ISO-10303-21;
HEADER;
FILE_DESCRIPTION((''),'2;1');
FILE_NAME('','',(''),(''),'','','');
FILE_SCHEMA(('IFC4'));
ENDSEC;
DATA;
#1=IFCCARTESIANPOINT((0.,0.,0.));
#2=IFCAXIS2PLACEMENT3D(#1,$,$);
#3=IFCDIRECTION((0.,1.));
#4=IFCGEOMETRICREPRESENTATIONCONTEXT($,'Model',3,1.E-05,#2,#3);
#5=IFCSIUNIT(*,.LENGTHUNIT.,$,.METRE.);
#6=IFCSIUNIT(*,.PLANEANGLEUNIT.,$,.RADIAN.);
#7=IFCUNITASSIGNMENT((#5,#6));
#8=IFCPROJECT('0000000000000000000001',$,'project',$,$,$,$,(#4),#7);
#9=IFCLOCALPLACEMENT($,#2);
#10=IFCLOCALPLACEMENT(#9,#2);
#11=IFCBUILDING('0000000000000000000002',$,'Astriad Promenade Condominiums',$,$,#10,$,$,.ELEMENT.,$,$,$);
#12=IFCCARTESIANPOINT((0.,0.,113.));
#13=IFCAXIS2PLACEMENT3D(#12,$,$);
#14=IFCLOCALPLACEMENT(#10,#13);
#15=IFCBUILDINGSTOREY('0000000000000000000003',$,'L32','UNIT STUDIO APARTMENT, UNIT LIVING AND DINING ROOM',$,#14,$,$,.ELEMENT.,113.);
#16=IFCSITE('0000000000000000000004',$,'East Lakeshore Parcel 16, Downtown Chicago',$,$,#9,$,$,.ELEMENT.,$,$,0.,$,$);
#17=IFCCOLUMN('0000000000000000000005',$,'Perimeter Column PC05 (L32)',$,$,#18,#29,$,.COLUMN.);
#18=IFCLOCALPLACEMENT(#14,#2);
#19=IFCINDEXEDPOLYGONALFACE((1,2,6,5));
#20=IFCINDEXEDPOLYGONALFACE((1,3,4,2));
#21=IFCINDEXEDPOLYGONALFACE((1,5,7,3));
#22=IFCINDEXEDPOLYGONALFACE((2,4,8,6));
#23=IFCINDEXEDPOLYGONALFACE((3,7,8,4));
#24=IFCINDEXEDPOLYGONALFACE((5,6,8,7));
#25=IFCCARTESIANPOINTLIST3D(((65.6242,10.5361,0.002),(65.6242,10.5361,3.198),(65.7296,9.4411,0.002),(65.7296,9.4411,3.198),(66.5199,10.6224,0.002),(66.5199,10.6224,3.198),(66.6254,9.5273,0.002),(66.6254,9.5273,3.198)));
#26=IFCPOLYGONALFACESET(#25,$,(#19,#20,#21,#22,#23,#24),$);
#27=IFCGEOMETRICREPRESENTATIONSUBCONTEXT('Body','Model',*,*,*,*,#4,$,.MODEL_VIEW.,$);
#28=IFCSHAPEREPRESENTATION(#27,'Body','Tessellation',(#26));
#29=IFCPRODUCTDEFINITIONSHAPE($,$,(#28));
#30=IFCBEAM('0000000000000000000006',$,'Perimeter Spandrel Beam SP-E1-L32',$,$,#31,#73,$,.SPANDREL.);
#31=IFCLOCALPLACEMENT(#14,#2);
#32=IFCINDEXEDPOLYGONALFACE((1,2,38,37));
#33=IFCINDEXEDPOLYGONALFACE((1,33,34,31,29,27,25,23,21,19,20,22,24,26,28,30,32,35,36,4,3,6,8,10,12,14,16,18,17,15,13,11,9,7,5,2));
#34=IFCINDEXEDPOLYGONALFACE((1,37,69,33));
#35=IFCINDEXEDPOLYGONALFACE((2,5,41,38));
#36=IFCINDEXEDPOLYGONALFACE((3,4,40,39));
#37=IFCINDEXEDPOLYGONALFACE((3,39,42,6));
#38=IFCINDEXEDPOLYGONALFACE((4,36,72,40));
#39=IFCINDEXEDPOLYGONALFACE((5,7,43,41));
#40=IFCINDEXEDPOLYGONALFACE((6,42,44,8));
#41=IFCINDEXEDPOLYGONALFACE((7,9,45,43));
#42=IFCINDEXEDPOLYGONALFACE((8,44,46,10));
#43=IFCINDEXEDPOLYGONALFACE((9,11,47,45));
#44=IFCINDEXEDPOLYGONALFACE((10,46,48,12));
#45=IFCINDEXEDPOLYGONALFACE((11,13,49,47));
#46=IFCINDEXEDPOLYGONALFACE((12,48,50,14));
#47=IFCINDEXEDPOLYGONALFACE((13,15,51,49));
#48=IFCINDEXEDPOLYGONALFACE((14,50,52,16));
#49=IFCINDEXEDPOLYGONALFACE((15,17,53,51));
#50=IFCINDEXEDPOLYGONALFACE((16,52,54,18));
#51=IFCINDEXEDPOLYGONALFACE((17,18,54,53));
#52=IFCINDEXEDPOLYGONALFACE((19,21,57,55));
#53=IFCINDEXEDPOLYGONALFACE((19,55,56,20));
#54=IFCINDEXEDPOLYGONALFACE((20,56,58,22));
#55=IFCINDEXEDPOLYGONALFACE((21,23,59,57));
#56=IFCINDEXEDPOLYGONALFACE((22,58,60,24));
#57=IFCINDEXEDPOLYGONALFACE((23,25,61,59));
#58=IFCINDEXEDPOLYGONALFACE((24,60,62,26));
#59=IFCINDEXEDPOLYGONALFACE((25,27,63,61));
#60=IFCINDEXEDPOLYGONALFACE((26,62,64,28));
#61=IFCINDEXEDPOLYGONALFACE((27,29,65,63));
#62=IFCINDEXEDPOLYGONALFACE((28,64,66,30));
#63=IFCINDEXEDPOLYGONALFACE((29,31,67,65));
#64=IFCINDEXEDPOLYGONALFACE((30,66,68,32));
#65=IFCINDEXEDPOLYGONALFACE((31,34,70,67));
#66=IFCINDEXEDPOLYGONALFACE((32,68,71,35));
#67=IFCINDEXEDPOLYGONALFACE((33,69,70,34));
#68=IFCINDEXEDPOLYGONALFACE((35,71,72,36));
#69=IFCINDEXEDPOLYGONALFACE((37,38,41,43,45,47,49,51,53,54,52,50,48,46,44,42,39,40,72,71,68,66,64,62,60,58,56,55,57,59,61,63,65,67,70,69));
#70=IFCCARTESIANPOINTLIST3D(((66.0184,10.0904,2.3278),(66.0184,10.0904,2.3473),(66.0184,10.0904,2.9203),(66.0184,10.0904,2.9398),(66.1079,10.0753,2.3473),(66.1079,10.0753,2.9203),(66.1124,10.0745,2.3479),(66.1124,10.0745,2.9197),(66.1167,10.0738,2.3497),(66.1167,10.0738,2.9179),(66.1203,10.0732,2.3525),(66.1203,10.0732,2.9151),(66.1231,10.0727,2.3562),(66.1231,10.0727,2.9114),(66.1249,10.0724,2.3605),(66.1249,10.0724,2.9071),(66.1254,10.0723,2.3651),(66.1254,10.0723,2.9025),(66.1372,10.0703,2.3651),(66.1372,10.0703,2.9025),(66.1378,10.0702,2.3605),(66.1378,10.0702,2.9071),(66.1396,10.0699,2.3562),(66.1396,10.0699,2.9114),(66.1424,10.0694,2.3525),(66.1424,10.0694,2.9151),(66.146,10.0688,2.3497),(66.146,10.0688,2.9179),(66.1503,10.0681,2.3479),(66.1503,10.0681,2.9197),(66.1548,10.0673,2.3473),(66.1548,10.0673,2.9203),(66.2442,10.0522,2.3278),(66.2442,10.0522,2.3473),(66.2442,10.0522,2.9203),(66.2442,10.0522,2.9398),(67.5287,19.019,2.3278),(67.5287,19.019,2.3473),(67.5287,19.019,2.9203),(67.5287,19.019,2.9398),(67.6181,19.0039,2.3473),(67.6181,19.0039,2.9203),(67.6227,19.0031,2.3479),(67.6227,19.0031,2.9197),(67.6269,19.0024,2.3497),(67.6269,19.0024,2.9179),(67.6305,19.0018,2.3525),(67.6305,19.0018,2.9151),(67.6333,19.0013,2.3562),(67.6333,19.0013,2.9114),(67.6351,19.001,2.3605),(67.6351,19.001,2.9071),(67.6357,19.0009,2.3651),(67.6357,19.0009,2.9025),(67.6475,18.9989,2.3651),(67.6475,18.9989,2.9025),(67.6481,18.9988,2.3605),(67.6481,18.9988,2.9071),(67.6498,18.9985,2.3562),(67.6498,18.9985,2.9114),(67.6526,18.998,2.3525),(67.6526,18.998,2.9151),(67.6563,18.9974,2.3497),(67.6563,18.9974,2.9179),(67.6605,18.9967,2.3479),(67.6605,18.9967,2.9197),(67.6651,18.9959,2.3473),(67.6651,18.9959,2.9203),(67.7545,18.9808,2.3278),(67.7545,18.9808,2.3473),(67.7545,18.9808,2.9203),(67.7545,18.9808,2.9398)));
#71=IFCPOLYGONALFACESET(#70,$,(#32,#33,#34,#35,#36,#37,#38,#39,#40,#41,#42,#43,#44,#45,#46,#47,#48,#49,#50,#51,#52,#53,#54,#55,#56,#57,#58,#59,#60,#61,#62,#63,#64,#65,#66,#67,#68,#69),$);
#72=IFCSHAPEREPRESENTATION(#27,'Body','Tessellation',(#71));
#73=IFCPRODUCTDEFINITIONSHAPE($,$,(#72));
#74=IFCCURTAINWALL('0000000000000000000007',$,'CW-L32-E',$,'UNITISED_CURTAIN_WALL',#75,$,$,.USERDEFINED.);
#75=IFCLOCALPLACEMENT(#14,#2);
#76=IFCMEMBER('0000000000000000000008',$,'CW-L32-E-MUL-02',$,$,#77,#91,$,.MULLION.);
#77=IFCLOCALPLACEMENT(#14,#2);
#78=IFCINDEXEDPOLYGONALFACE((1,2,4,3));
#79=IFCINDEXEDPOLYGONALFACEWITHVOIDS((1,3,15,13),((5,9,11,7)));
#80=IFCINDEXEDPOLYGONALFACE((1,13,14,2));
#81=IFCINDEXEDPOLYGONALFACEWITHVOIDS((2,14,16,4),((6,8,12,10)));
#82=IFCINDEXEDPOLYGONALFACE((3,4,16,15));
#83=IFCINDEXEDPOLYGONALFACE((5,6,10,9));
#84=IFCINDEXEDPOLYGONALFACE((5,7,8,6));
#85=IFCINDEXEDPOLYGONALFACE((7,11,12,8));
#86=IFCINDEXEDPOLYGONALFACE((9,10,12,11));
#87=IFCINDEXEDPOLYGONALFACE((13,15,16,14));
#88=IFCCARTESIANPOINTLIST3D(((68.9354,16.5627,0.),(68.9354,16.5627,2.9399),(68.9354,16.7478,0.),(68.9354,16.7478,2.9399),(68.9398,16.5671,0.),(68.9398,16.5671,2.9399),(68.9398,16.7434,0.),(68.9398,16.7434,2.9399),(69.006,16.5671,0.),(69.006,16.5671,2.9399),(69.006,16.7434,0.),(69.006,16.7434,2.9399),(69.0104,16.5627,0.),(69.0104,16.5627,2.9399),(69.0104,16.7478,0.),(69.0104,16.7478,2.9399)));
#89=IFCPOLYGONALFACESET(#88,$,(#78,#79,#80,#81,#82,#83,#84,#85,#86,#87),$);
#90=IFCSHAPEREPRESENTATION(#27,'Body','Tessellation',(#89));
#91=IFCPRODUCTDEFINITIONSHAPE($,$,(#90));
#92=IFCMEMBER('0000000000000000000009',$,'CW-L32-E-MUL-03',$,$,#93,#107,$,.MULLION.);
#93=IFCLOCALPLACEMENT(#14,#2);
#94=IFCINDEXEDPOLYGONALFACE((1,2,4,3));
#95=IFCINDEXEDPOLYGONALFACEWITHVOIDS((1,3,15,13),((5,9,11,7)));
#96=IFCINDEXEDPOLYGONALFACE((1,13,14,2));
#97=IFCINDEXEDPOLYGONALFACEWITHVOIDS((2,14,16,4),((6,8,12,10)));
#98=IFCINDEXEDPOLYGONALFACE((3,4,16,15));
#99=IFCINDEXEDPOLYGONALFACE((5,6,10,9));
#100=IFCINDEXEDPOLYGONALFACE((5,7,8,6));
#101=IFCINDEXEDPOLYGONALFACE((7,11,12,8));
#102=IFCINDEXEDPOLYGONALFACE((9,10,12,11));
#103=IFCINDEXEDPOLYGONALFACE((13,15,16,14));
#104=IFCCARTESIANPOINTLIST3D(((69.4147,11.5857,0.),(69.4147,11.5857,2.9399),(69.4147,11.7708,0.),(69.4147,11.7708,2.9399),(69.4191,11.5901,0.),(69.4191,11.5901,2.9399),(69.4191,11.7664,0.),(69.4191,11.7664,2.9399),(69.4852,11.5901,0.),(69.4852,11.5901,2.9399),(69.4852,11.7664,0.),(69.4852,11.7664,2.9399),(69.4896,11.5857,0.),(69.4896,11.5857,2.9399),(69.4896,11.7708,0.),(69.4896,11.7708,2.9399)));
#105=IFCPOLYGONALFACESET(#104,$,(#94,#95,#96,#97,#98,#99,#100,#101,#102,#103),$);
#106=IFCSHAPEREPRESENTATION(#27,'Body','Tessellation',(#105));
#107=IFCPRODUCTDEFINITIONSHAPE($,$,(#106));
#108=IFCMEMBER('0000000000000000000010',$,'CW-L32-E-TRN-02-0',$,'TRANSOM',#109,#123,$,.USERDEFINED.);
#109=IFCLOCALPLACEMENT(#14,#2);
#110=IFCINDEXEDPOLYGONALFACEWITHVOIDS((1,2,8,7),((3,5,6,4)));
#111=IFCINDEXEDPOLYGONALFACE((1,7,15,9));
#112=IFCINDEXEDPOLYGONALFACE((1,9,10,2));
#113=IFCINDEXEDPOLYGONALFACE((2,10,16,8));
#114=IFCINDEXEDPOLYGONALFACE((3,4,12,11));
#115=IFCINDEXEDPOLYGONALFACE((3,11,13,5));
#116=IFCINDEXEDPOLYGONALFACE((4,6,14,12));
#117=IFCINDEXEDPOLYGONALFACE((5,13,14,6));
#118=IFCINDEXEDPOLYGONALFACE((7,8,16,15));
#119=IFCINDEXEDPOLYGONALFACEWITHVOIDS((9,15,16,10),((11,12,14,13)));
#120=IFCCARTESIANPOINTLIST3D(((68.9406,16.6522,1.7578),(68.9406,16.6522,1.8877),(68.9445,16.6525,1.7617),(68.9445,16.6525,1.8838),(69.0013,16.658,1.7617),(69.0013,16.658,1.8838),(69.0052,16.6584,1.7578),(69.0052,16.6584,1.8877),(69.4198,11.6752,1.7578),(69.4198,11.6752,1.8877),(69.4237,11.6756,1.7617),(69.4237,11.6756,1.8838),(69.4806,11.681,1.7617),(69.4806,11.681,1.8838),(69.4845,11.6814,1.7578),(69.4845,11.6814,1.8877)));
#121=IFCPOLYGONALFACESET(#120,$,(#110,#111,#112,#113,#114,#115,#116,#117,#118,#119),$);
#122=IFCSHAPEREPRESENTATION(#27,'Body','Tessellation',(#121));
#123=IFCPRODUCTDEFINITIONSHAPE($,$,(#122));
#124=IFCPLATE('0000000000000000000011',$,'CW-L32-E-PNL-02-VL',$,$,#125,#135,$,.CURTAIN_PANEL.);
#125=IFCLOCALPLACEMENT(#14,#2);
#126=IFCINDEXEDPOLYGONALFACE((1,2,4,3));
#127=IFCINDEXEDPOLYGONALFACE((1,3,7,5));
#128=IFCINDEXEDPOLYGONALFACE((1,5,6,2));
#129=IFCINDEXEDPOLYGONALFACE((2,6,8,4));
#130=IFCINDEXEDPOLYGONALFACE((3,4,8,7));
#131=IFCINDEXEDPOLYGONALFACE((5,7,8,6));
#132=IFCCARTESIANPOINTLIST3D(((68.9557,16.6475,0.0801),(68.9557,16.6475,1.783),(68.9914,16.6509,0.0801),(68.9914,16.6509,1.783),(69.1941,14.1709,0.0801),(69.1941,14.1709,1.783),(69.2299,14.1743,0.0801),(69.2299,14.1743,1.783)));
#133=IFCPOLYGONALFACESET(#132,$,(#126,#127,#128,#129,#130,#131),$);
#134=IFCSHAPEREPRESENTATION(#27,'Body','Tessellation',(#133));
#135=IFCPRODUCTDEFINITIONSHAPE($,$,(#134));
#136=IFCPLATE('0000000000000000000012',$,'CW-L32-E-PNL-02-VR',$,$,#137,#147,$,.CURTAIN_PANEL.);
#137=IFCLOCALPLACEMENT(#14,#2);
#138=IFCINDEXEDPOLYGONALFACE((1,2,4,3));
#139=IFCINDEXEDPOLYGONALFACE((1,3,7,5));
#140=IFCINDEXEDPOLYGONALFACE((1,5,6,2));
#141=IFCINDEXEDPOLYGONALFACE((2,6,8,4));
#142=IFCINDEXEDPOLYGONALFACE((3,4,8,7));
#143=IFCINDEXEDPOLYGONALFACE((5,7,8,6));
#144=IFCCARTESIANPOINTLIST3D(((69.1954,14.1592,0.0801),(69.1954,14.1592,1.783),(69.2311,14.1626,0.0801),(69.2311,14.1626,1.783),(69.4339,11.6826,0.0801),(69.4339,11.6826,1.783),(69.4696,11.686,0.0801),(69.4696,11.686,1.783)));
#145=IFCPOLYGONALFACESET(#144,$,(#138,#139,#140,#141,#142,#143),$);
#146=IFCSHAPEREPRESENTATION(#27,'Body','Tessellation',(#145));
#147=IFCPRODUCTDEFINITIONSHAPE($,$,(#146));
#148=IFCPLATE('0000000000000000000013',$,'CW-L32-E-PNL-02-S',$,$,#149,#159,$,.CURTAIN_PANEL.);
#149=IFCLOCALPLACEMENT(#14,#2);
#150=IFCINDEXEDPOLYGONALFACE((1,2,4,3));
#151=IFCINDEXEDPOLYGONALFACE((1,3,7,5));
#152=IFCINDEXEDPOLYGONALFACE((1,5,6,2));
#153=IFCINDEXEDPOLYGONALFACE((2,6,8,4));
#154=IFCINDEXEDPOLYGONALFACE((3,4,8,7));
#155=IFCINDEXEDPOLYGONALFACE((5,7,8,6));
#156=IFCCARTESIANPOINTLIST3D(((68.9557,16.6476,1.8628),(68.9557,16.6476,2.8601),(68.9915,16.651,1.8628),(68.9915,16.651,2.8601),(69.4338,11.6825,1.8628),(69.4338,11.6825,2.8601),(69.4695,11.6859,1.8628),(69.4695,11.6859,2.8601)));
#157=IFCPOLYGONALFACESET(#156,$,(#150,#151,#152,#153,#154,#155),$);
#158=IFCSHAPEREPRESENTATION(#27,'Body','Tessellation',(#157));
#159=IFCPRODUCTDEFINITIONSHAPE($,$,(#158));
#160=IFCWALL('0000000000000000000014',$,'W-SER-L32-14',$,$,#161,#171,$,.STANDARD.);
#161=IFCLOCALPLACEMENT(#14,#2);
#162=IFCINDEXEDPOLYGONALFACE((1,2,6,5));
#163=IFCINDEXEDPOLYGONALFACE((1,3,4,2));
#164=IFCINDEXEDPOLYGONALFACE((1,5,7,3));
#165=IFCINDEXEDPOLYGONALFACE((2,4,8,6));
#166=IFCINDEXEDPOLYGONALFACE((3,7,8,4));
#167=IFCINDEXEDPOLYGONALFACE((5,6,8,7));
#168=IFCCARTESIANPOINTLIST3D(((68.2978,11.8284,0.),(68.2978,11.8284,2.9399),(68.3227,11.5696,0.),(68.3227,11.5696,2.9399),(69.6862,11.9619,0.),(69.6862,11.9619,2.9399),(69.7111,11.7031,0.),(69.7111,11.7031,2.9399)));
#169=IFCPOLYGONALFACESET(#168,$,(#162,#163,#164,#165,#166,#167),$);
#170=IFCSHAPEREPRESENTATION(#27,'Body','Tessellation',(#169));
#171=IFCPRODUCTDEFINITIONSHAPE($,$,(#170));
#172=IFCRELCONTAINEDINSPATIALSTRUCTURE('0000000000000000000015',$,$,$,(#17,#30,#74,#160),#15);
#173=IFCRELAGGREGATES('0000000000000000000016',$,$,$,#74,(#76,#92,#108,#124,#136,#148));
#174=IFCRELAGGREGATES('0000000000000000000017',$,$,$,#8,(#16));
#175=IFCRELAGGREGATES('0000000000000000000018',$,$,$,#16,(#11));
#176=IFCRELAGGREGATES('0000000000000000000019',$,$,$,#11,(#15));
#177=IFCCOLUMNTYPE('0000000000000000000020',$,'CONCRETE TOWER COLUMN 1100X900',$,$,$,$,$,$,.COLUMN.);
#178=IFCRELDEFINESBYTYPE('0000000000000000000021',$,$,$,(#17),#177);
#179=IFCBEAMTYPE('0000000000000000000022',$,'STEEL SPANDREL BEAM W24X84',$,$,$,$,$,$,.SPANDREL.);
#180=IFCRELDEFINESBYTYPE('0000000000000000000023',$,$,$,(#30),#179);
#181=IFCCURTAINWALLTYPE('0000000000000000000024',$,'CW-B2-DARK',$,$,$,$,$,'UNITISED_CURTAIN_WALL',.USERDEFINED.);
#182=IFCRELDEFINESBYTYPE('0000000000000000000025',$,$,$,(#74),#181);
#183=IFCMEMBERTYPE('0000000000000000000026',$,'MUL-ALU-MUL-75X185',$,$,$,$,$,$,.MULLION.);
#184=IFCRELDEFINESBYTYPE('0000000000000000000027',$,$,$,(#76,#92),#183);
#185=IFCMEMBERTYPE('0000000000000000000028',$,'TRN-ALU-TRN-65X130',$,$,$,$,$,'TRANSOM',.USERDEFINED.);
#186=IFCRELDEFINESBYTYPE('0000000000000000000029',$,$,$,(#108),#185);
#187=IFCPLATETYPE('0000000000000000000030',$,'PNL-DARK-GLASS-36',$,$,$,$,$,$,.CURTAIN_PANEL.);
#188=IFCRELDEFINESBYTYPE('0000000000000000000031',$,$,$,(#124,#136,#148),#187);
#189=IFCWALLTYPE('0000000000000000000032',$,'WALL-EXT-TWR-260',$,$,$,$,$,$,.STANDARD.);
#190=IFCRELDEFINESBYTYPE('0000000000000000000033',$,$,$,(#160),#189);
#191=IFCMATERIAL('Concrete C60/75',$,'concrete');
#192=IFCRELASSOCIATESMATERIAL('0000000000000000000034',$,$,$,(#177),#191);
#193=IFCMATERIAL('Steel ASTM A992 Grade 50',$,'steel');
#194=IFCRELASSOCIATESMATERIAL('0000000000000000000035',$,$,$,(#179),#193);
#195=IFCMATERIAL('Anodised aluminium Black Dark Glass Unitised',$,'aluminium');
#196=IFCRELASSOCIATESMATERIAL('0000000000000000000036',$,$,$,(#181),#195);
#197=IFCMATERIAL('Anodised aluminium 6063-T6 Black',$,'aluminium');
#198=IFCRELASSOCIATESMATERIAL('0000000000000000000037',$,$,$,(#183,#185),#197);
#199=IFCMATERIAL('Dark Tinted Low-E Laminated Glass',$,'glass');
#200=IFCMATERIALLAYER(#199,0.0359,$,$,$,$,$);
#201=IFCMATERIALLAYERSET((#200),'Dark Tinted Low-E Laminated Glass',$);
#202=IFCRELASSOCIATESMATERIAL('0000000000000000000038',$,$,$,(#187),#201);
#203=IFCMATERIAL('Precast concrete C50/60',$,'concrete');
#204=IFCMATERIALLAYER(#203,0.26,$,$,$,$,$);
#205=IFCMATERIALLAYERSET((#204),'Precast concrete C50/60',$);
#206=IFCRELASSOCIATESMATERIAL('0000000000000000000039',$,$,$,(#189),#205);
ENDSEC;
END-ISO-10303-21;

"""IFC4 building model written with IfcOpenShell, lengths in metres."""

from ifc_helpers import new_model, si_unit, direction, frame, frame_2d, origin, origin_2d, place, context, subcontext, project, spatial, rectangle, hollow_rectangle, i_section, extrude, source, transform, mapped, material, layer, layer_set, material_profile, profile_set, type_object, type_shapes, element, aggregate, save


model = new_model("IFC4")

# Units and contexts
model_context = context("Model", 3, precision=1e-05, world=origin(), true_north=direction((0.0, 1.0)))
body_context = subcontext(model_context, "Body", "Model", "MODEL_VIEW")
ifc_project = project(units=[si_unit("LENGTHUNIT", "METRE"), si_unit("PLANEANGLEUNIT", "RADIAN")], contexts=[model_context])

# Site, building, storey
site_placement = place(None, origin())
site = spatial("IfcSite", under=ifc_project, at=site_placement, Name="East Lakeshore Parcel 16, Downtown Chicago", CompositionType="ELEMENT", RefElevation=0.0)
building_placement = place(site_placement, origin())
building = spatial("IfcBuilding", under=site, at=building_placement, Name="Astriad Promenade Condominiums", CompositionType="ELEMENT")
storey_placement = place(building_placement, frame((0.0, 0.0, 113.0)))
storey = spatial("IfcBuildingStorey", under=building, at=storey_placement, Name="L32", Description="UNIT STUDIO APARTMENT, UNIT LIVING AND DINING ROOM", CompositionType="ELEMENT", Elevation=113.0)

# Column
ifc_material_1 = material(Name="Concrete C60/75", Category="concrete")
ifc_material_profile_1 = material_profile(ifc_material_1, rectangle(XDim=0.8999, YDim=1.1001, at=origin_2d()), Name="RC-COL-1100X900")
ifc_profile_set_1 = profile_set([ifc_material_profile_1], Name="Concrete C60/75")
column_type = type_object("IfcColumnType", Name="CONCRETE TOWER COLUMN 1100X900", PredefinedType="COLUMN", material=ifc_profile_set_1)
shared_shape_1 = source(origin(), body_context, "Body", "SweptSolid", [
    extrude(rectangle(XDim=0.8999, YDim=1.1001, at=origin_2d()), origin(), (0.0, 0.0, 1.0), 3.196),
])
type_shapes(column_type, [shared_shape_1])
column_placement = place(storey_placement, frame((66.1248, 10.0317, 0.002), z_axis=(0.0, 0.0, 1.0), x_axis=(0.995396, 0.095846, 0.0)))
element("IfcColumn", 1, at=column_placement, inside=storey, type_object=column_type, Name="Perimeter Column PC05 (L32)", PredefinedType="COLUMN", context=body_context, shape_type="MappedRepresentation", body=[
    mapped(shared_shape_1, transform((0.0, 0.0, 0.0), scale=1.0)),
])

# Beam
ifc_material_2 = material(Name="Steel ASTM A992 Grade 50", Category="steel")
ifc_material_profile_2 = material_profile(ifc_material_2, i_section(OverallWidth=0.229, OverallDepth=0.6121, WebThickness=0.012, FlangeThickness=0.0195, FilletRadius=0.0178, at=origin_2d()), Name="W24X84")
ifc_profile_set_2 = profile_set([ifc_material_profile_2], Name="Steel ASTM A992 Grade 50")
beam_type = type_object("IfcBeamType", Name="STEEL SPANDREL BEAM W24X84", PredefinedType="SPANDREL", material=ifc_profile_set_2)
shared_shape_2 = source(origin(), body_context, "Body", "SweptSolid", [
    extrude(i_section(OverallWidth=0.229, OverallDepth=0.6121, WebThickness=0.012, FlangeThickness=0.0195, FilletRadius=0.0178, at=origin_2d()), origin(), (0.0, 0.0, 1.0), 9.0554),
])
type_shapes(beam_type, [shared_shape_2])
beam_placement = place(storey_placement, frame((66.1313, 10.0713, 2.6338), z_axis=(0.166777, 0.985995, 0.0), x_axis=(-0.985995, 0.166777, 0.0)))
element("IfcBeam", 2, at=beam_placement, inside=storey, type_object=beam_type, Name="Perimeter Spandrel Beam SP-E1-L32", PredefinedType="SPANDREL", context=body_context, shape_type="MappedRepresentation", body=[
    mapped(shared_shape_2, transform((0.0, 0.0, 0.0), scale=1.0)),
])

# Curtain wall, members, plates
ifc_material_3 = material(Name="Anodised aluminium Black Dark Glass Unitised", Category="aluminium")
curtain_wall_type = type_object("IfcCurtainWallType", Name="CW-B2-DARK", ElementType="UNITISED_CURTAIN_WALL", PredefinedType="USERDEFINED", material=ifc_material_3)
curtain_wall_placement = place(storey_placement, origin())
curtain_wall = element("IfcCurtainWall", 3, at=curtain_wall_placement, inside=storey, type_object=curtain_wall_type, Name="CW-L32-E", ObjectType="UNITISED_CURTAIN_WALL", PredefinedType="USERDEFINED")
ifc_material_4 = material(Name="Anodised aluminium 6063-T6 Black", Category="aluminium")
ifc_material_profile_3 = material_profile(ifc_material_4, hollow_rectangle(XDim=0.075, YDim=0.1851, WallThickness=0.0044, at=origin_2d()), Name="ALU-MUL-75X185")
ifc_profile_set_3 = profile_set([ifc_material_profile_3], Name="Anodised aluminium 6063-T6 Black")
member_type_1 = type_object("IfcMemberType", Name="MUL-ALU-MUL-75X185", PredefinedType="MULLION", material=ifc_profile_set_3)
shared_shape_3 = source(origin(), body_context, "Body", "SweptSolid", [
    extrude(hollow_rectangle(XDim=0.075, YDim=0.1851, WallThickness=0.0044, at=origin_2d()), origin(), (0.0, 0.0, 1.0), 2.9399),
])
type_shapes(member_type_1, [shared_shape_3])
member_1_placement = place(storey_placement, frame((68.9729, 16.6553, 0.0), z_axis=(0.0, 0.0, 1.0), x_axis=(1.0, 0.0, 0.0)))
member_1 = element("IfcMember", 4, at=member_1_placement, type_object=member_type_1, Name="CW-L32-E-MUL-02", PredefinedType="MULLION", context=body_context, shape_type="MappedRepresentation", body=[
    mapped(shared_shape_3, transform((0.0, 0.0, 0.0), scale=1.0)),
])
member_2_placement = place(storey_placement, frame((69.4521, 11.6782, 0.0), z_axis=(0.0, 0.0, 1.0), x_axis=(1.0, 0.0, 0.0)))
member_2 = element("IfcMember", 5, at=member_2_placement, type_object=member_type_1, Name="CW-L32-E-MUL-03", PredefinedType="MULLION", context=body_context, shape_type="MappedRepresentation", body=[
    mapped(shared_shape_3, transform((0.0, 0.0, 0.0), scale=1.0)),
])
ifc_material_profile_4 = material_profile(ifc_material_4, hollow_rectangle(XDim=0.0649, YDim=0.1299, WallThickness=0.0039, at=origin_2d()), Name="ALU-TRN-65X130")
ifc_profile_set_4 = profile_set([ifc_material_profile_4], Name="Anodised aluminium 6063-T6 Black")
member_type_2 = type_object("IfcMemberType", Name="TRN-ALU-TRN-65X130", ElementType="TRANSOM", PredefinedType="USERDEFINED", material=ifc_profile_set_4)
shared_shape_4 = source(origin(), body_context, "Body", "SweptSolid", [
    extrude(hollow_rectangle(XDim=0.0649, YDim=0.1299, WallThickness=0.0039, at=origin_2d()), origin(), (0.0, 0.0, 1.0), 5.0),
])
type_shapes(member_type_2, [shared_shape_4])
member_3_placement = place(storey_placement, frame((68.9729, 16.6553, 1.8228), z_axis=(0.095848, -0.995396, 0.0), x_axis=(0.995396, 0.095848, 0.0)))
member_3 = element("IfcMember", 6, at=member_3_placement, type_object=member_type_2, Name="CW-L32-E-TRN-02-0", ObjectType="TRANSOM", PredefinedType="USERDEFINED", context=body_context, shape_type="MappedRepresentation", body=[
    mapped(shared_shape_4, transform((0.0, 0.0, 0.0), scale=1.0)),
])
ifc_material_5 = material(Name="Dark Tinted Low-E Laminated Glass", Category="glass")
ifc_layer_1 = layer(ifc_material_5, 0.0359)
ifc_layer_set_1 = layer_set([ifc_layer_1], Name="Dark Tinted Low-E Laminated Glass")
plate_type = type_object("IfcPlateType", Name="PNL-DARK-GLASS-36", PredefinedType="CURTAIN_PANEL", material=ifc_layer_set_1)
shared_shape_5 = source(origin(), body_context, "Body", "SweptSolid", [
    extrude(rectangle(XDim=2.488, YDim=0.0359, at=origin_2d()), origin(), (0.0, 0.0, 1.0), 1.7029),
])
plate_1_placement = place(storey_placement, frame((69.0928, 15.4109, 0.0801), z_axis=(0.0, 0.0, 1.0), x_axis=(0.095846, -0.995396, 0.0)))
plate_1 = element("IfcPlate", 7, at=plate_1_placement, type_object=plate_type, Name="CW-L32-E-PNL-02-VL", PredefinedType="CURTAIN_PANEL", context=body_context, shape_type="MappedRepresentation", body=[
    mapped(shared_shape_5, transform((0.0, 0.0, 0.0), scale=1.0)),
])
plate_2_placement = place(storey_placement, frame((69.3325, 12.9226, 0.0801), z_axis=(0.0, 0.0, 1.0), x_axis=(0.095846, -0.995396, 0.0)))
plate_2 = element("IfcPlate", 8, at=plate_2_placement, type_object=plate_type, Name="CW-L32-E-PNL-02-VR", PredefinedType="CURTAIN_PANEL", context=body_context, shape_type="MappedRepresentation", body=[
    mapped(shared_shape_5, transform((0.0, 0.0, 0.0), scale=1.0)),
])
shared_shape_6 = source(origin(), body_context, "Body", "SweptSolid", [
    extrude(rectangle(XDim=4.988, YDim=0.0359, at=origin_2d()), origin(), (0.0, 0.0, 1.0), 0.9973),
])
type_shapes(plate_type, [shared_shape_5, shared_shape_6])
plate_3_placement = place(storey_placement, frame((69.2126, 14.1667, 1.8628), z_axis=(0.0, 0.0, 1.0), x_axis=(0.095846, -0.995396, 0.0)))
plate_3 = element("IfcPlate", 9, at=plate_3_placement, type_object=plate_type, Name="CW-L32-E-PNL-02-S", PredefinedType="CURTAIN_PANEL", context=body_context, shape_type="MappedRepresentation", body=[
    mapped(shared_shape_6, transform((0.0, 0.0, 0.0), scale=1.0)),
])
aggregate(curtain_wall, [member_1, member_2, member_3, plate_1, plate_2, plate_3])

# Wall
ifc_material_6 = material(Name="Precast concrete C50/60", Category="concrete")
ifc_layer_2 = layer(ifc_material_6, 0.26)
ifc_layer_set_2 = layer_set([ifc_layer_2], Name="Precast concrete C50/60")
wall_type_1 = type_object("IfcWallType", Name="WALL-EXT-TWR-260", PredefinedType="STANDARD", material=ifc_layer_set_2)
for number, where, z_axis, x_axis, name in (
    (10, (69.6985, 11.8325, 0.0), (0.0, 0.0, 1.0), (-0.995406, -0.095742, 0.0), "W-SER-L32-14"),
):
    element("IfcWall", number, at=place(storey_placement, frame(where, z_axis=z_axis, x_axis=x_axis)), inside=storey, type_object=wall_type_1, Name=name, PredefinedType="STANDARD", context=body_context, shape_type="SweptSolid", body=[
        extrude(rectangle(XDim=1.3948, YDim=0.26, at=frame_2d((0.6973, 0.0))), origin(), (0.0, 0.0, 1.0), 2.9399),
    ])

save(model, "model.ifc")
